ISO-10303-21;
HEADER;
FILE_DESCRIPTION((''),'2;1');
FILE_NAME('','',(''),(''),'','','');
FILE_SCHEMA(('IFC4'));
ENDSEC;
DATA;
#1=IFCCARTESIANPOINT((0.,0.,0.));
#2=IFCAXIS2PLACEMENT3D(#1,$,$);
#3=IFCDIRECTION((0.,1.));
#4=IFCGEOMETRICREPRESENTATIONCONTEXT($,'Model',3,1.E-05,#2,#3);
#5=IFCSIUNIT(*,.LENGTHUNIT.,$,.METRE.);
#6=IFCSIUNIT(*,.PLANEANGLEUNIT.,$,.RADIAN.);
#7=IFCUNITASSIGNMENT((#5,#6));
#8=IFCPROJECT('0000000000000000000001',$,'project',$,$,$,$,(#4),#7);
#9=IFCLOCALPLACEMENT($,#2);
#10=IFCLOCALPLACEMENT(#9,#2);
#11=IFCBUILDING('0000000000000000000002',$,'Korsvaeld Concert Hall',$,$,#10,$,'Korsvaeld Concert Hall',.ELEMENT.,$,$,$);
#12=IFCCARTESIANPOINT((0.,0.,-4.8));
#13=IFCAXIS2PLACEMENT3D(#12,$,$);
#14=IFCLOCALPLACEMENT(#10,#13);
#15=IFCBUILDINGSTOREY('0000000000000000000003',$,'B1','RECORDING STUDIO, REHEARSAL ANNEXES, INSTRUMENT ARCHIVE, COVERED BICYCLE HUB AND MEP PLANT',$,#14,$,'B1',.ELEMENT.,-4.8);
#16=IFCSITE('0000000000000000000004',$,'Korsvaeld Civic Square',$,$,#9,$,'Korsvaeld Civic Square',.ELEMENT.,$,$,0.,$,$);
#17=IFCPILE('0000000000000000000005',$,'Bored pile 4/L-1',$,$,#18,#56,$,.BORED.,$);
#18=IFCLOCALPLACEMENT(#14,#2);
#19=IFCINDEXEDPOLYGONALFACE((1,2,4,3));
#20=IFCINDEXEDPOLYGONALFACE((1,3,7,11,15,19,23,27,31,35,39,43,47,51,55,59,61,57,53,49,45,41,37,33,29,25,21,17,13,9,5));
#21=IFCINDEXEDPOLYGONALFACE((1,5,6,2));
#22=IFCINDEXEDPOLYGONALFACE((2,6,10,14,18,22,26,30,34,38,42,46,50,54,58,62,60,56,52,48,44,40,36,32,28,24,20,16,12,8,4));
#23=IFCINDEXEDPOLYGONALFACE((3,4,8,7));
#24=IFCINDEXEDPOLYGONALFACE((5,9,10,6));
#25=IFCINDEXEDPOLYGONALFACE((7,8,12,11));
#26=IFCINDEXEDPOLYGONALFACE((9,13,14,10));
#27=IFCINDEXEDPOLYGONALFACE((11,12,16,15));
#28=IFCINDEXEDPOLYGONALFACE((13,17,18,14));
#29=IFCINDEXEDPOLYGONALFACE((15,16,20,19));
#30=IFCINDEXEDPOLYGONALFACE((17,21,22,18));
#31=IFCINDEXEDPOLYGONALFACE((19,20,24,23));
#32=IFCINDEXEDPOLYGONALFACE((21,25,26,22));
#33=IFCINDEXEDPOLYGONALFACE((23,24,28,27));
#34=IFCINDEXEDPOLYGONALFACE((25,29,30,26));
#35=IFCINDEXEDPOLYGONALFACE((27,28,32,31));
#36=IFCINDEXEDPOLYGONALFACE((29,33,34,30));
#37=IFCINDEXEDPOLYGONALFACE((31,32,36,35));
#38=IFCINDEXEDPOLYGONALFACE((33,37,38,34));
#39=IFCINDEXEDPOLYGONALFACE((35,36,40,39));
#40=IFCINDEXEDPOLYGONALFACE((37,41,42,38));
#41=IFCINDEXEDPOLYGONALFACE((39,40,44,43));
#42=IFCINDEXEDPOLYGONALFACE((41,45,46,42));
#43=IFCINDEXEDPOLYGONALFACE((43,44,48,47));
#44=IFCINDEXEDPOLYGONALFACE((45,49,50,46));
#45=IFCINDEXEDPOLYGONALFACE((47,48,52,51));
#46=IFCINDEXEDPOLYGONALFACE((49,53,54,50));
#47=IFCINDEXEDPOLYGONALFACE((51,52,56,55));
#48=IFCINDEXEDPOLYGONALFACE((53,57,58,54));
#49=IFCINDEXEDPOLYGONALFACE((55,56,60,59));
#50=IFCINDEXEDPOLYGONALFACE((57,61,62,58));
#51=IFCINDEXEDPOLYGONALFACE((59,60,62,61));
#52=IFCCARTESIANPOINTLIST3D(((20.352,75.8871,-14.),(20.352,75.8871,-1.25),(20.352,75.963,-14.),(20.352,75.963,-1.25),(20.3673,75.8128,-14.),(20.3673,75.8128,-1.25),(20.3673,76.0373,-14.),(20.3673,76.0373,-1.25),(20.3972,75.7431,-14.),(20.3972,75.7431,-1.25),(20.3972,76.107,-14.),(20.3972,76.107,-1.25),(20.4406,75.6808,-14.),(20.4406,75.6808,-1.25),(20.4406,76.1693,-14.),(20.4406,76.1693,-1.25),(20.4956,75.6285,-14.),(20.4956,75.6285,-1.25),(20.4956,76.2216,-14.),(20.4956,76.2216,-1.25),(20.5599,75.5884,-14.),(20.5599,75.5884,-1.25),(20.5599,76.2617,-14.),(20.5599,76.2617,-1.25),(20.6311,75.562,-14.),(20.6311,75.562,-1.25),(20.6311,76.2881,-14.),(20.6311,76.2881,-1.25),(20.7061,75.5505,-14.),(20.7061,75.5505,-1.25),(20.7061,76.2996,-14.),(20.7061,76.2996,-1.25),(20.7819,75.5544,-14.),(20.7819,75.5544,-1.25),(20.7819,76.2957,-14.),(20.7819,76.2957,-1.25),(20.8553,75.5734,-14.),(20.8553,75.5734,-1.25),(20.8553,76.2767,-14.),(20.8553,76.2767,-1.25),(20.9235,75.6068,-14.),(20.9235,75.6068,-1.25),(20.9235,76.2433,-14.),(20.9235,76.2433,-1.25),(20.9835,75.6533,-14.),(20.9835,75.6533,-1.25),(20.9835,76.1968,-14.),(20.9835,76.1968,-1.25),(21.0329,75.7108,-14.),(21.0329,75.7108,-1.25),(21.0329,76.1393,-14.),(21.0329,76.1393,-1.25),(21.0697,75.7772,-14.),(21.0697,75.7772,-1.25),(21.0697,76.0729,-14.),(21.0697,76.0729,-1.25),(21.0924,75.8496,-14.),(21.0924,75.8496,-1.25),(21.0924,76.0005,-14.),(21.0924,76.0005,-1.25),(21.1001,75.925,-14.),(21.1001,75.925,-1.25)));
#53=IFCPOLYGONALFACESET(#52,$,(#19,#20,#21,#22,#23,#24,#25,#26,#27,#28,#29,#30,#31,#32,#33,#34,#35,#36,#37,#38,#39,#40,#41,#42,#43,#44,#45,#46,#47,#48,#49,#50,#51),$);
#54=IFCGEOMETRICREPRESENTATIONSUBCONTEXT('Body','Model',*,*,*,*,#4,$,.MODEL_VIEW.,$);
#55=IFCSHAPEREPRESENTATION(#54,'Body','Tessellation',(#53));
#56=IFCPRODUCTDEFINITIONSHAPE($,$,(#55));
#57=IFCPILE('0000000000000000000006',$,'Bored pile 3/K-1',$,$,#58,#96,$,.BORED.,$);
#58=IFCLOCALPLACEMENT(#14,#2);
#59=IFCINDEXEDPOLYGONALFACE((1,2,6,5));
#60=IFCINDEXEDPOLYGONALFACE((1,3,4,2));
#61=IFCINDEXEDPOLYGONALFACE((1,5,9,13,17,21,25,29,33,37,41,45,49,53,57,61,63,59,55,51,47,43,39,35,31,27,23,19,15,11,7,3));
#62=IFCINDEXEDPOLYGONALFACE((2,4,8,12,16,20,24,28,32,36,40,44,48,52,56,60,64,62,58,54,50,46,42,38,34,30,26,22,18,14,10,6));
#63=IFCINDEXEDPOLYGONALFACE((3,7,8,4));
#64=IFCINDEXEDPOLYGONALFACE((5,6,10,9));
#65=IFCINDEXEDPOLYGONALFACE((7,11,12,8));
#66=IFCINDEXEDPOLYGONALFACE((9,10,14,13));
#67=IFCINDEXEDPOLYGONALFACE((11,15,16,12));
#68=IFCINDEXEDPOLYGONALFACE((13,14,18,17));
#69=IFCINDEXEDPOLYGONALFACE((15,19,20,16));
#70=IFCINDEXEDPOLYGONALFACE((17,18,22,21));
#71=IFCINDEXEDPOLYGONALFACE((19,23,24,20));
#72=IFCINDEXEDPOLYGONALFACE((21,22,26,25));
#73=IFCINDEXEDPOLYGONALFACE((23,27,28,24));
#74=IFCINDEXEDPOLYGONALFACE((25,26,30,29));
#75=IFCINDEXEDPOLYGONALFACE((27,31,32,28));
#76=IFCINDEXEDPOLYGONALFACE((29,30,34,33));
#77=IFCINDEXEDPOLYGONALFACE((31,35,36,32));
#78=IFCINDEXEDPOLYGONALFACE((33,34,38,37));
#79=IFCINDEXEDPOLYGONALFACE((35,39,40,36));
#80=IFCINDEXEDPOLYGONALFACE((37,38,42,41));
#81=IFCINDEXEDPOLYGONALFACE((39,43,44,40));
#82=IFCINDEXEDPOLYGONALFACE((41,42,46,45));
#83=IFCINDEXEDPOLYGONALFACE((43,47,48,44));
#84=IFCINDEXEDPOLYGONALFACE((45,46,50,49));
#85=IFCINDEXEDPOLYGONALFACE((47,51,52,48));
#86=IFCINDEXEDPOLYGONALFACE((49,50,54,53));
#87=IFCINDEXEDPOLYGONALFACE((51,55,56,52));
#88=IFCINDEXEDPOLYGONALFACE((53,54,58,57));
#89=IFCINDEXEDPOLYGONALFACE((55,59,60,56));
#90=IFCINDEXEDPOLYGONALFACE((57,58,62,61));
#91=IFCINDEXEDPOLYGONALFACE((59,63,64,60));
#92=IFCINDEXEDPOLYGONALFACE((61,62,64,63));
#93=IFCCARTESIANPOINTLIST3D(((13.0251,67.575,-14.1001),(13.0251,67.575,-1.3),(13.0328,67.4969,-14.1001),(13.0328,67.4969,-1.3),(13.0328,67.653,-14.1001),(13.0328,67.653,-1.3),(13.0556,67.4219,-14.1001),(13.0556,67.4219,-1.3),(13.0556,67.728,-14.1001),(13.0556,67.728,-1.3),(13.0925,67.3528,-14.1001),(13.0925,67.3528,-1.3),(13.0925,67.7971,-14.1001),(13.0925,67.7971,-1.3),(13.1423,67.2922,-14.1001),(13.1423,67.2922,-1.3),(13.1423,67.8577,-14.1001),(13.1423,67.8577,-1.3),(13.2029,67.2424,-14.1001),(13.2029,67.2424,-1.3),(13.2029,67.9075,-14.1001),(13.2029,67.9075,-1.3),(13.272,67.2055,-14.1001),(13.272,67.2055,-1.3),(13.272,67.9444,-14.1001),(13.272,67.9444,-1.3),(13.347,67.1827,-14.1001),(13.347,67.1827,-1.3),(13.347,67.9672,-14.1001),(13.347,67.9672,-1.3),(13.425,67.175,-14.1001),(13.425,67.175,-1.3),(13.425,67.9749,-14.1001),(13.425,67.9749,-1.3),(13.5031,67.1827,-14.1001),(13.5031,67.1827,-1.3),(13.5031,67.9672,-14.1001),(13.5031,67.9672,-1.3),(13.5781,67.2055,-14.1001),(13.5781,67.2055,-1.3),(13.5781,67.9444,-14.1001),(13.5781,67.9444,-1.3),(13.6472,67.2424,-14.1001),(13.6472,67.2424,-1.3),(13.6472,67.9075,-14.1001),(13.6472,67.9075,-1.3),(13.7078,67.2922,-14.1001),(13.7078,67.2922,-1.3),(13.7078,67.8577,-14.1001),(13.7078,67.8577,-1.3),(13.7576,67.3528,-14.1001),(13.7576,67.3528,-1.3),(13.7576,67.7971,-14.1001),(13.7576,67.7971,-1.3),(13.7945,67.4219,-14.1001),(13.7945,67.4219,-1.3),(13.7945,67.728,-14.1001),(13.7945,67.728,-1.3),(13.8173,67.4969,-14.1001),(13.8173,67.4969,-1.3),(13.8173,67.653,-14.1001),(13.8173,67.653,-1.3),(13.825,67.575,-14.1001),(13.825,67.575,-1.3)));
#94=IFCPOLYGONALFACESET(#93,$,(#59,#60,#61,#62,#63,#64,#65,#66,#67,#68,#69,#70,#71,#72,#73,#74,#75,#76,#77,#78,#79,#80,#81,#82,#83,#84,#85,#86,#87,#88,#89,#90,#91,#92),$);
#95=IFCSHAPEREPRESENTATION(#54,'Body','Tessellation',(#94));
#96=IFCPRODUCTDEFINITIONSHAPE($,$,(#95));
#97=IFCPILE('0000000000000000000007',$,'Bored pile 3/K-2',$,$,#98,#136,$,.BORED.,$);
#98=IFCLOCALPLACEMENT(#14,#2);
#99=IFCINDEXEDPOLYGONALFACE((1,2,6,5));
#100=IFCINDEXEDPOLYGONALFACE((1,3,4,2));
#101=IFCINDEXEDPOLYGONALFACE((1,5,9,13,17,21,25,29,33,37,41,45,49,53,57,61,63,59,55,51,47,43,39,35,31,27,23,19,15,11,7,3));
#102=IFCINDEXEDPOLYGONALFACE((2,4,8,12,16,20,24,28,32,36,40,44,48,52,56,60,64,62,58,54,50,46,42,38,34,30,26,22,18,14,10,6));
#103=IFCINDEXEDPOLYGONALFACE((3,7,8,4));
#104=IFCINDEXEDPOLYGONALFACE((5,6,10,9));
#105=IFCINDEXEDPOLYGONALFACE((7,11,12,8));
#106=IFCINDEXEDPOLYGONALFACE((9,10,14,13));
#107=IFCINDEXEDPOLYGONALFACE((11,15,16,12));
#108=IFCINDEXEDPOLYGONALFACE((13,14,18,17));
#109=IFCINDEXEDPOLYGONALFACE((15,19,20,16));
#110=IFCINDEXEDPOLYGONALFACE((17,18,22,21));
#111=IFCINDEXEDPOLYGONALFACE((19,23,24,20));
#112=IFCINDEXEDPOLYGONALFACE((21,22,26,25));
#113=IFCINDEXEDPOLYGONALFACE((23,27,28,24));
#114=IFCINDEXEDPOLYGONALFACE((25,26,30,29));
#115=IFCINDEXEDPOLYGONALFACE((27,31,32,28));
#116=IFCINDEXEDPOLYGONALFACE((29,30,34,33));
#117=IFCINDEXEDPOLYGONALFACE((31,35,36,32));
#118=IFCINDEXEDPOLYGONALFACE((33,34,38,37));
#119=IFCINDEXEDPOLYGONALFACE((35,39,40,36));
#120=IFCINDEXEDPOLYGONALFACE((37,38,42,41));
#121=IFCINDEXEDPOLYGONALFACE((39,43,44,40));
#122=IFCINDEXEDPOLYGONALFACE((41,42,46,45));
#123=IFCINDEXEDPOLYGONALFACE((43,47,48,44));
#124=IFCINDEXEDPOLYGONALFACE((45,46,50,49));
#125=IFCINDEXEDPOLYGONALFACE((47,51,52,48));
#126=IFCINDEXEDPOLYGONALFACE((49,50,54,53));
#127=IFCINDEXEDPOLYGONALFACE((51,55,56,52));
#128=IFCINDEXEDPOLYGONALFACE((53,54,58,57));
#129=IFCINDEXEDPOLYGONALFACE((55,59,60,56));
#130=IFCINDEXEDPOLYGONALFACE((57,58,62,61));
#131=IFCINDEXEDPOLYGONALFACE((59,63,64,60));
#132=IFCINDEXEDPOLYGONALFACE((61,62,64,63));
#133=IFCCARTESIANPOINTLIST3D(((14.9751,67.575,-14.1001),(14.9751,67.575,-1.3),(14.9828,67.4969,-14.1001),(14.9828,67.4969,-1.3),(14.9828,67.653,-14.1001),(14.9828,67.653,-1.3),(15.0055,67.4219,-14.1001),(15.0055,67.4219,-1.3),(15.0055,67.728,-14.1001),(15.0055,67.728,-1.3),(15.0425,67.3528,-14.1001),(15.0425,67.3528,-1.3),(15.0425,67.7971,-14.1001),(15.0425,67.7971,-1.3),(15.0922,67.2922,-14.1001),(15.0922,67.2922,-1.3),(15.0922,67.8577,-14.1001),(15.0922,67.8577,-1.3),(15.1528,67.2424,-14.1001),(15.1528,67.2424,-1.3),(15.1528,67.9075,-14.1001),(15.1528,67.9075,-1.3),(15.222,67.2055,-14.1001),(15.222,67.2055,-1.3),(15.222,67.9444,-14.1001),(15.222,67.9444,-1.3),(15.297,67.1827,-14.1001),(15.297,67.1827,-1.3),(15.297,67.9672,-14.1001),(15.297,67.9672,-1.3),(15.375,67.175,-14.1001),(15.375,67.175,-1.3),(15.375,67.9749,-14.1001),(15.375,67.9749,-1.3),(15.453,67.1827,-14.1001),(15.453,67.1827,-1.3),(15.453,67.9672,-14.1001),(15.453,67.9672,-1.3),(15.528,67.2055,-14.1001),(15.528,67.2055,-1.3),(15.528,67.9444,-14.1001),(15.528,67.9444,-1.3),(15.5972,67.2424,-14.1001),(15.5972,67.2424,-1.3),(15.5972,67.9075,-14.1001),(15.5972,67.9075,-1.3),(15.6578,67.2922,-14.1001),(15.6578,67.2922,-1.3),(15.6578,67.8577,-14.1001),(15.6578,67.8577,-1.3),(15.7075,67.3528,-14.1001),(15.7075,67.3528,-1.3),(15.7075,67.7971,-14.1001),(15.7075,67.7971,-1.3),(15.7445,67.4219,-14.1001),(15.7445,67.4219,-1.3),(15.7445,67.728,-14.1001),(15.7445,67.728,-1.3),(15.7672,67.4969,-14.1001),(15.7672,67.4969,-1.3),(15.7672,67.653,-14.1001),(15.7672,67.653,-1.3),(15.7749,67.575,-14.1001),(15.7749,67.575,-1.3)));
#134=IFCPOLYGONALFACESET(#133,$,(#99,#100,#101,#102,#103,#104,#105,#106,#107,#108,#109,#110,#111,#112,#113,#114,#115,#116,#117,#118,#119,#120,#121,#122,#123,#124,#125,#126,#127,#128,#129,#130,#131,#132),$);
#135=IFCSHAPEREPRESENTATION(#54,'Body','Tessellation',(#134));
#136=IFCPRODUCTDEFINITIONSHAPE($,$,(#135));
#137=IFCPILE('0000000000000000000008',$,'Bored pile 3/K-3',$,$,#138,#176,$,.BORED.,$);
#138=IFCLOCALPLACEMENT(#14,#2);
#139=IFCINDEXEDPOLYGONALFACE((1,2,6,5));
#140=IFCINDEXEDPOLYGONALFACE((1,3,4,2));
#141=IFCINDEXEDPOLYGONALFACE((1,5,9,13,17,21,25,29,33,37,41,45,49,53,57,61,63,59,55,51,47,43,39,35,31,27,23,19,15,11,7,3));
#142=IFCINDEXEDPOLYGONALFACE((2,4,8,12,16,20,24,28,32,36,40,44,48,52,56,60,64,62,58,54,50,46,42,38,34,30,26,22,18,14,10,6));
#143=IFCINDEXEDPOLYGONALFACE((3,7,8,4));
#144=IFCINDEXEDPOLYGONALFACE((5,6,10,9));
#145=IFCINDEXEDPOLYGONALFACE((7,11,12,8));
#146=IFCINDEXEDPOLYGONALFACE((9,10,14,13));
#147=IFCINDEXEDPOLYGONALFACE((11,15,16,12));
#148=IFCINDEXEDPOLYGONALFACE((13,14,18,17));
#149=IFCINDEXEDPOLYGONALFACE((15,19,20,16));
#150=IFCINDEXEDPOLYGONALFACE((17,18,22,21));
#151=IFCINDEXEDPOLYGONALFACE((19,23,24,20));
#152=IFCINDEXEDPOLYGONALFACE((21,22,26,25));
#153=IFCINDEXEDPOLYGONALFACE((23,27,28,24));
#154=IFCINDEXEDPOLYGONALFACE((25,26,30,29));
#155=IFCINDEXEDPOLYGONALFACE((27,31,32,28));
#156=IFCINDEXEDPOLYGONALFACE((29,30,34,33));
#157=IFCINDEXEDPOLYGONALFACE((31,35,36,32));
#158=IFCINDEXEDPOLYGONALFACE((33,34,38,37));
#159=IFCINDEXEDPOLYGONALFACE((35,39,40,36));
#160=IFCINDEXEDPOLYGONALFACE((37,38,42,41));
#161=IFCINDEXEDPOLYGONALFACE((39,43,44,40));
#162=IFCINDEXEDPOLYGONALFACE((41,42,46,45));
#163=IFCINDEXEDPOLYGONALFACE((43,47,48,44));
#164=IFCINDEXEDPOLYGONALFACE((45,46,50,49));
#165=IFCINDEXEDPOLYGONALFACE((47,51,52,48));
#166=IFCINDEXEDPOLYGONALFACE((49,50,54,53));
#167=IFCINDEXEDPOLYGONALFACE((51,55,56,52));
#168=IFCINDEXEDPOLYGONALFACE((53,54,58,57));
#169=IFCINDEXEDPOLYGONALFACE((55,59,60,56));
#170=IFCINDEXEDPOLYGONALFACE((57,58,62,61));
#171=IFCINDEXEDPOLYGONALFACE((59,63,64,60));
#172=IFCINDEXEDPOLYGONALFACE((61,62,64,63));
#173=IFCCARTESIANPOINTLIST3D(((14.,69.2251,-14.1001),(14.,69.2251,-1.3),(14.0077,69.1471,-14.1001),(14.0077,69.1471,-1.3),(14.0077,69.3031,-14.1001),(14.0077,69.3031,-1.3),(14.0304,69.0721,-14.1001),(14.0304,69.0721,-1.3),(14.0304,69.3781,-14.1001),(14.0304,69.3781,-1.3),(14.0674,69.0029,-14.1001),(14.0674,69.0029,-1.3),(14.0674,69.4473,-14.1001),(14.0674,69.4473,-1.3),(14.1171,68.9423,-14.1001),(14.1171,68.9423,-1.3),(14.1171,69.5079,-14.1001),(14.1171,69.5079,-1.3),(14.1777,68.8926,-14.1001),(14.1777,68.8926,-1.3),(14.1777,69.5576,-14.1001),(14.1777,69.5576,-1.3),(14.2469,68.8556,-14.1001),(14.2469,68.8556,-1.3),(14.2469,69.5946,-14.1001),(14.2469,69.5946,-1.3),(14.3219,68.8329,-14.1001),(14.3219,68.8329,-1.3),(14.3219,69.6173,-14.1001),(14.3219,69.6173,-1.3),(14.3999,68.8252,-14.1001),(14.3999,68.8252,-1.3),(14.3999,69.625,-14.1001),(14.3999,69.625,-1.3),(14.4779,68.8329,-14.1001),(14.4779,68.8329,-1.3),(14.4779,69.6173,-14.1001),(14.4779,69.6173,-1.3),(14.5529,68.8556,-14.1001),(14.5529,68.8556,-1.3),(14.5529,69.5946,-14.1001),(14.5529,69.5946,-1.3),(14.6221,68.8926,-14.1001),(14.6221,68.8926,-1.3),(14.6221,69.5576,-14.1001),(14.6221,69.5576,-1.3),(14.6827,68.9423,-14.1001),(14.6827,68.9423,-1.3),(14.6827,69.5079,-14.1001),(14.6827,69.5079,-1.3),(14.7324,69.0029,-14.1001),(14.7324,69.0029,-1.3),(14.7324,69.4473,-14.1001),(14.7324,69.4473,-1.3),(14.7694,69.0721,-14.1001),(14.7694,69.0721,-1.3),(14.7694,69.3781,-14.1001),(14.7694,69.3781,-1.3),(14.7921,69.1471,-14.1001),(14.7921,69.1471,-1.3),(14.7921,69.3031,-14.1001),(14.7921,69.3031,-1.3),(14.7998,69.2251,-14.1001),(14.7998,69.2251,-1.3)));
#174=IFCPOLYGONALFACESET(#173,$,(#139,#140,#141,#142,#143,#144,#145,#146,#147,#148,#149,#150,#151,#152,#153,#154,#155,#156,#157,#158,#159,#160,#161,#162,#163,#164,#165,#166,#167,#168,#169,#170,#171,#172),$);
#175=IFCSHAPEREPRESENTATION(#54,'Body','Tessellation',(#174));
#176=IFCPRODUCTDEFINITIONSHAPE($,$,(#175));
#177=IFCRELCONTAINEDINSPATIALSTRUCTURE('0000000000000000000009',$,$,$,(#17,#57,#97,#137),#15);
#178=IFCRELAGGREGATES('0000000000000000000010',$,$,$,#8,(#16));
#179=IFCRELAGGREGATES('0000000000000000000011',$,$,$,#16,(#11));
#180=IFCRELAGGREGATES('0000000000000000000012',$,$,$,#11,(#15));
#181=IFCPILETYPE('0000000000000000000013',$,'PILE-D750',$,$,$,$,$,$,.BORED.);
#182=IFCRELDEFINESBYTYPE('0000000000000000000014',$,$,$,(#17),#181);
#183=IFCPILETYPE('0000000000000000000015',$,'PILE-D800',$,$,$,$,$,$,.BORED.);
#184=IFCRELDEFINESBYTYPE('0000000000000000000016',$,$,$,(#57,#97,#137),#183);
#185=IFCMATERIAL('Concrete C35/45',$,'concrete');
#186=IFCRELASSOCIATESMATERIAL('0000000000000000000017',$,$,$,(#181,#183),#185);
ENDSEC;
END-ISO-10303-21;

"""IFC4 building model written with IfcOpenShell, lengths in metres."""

from ifc_helpers import new_model, si_unit, direction, frame, origin, origin_2d, place, context, subcontext, project, spatial, circle, extrude, material, material_profile, profile_set, type_object, element, save


model = new_model("IFC4")

# Units and contexts
model_context = context("Model", 3, precision=1e-05, world=origin(), true_north=direction((0.0, 1.0)))
body_context = subcontext(model_context, "Body", "Model", "MODEL_VIEW")
ifc_project = project(units=[si_unit("LENGTHUNIT", "METRE"), si_unit("PLANEANGLEUNIT", "RADIAN")], contexts=[model_context])

# Site, building, storey
site_placement = place(None, origin())
site = spatial("IfcSite", under=ifc_project, at=site_placement, Name="Korsvaeld Civic Square", LongName="Korsvaeld Civic Square", CompositionType="ELEMENT", RefElevation=0.0)
building_placement = place(site_placement, origin())
building = spatial("IfcBuilding", under=site, at=building_placement, Name="Korsvaeld Concert Hall", LongName="Korsvaeld Concert Hall", CompositionType="ELEMENT")
storey_placement = place(building_placement, frame((0.0, 0.0, -4.8)))
storey = spatial("IfcBuildingStorey", under=building, at=storey_placement, Name="B1", Description="RECORDING STUDIO, REHEARSAL ANNEXES, INSTRUMENT ARCHIVE, COVERED BICYCLE HUB AND MEP PLANT", LongName="B1", CompositionType="ELEMENT", Elevation=-4.8)

# Shared definitions
ifc_material_1 = material(Name="Concrete C35/45", Category="concrete")

# Piles
ifc_material_profile_1 = material_profile(ifc_material_1, circle(Radius=0.375, at=origin_2d()), Name="BORED PILE D750")
ifc_profile_set_1 = profile_set([ifc_material_profile_1], Name="Concrete C35/45")
pile_type_1 = type_object("IfcPileType", Name="PILE-D750", PredefinedType="BORED", material=ifc_profile_set_1)
for number, where, z_axis, x_axis, name in (
    (1, (20.7251, 75.925, -1.25), (0.0, 0.0, -1.0), (1.0, 0.0, 0.0), "Bored pile 4/L-1"),
):
    element("IfcPile", number, at=place(storey_placement, frame(where, z_axis=z_axis, x_axis=x_axis)), inside=storey, type_object=pile_type_1, Name=name, PredefinedType="BORED", context=body_context, shape_type="SweptSolid", body=[
        extrude(circle(Radius=0.375, at=origin_2d()), origin(), (0.0, 0.0, 1.0), 12.75),
    ])
ifc_material_profile_2 = material_profile(ifc_material_1, circle(Radius=0.3999, at=origin_2d()), Name="BORED PILE D800")
ifc_profile_set_2 = profile_set([ifc_material_profile_2], Name="Concrete C35/45")
pile_type_2 = type_object("IfcPileType", Name="PILE-D800", PredefinedType="BORED", material=ifc_profile_set_2)
for number, where, z_axis, x_axis, name in (
    (2, (13.425, 67.575, -1.3), (0.0, 0.0, -1.0), (1.0, 0.0, 0.0), "Bored pile 3/K-1"),
    (3, (15.375, 67.575, -1.3), (0.0, 0.0, -1.0), (1.0, 0.0, 0.0), "Bored pile 3/K-2"),
    (4, (14.3999, 69.2251, -1.3), (0.0, 0.0, -1.0), (1.0, 0.0, 0.0), "Bored pile 3/K-3"),
):
    element("IfcPile", number, at=place(storey_placement, frame(where, z_axis=z_axis, x_axis=x_axis)), inside=storey, type_object=pile_type_2, Name=name, PredefinedType="BORED", context=body_context, shape_type="SweptSolid", body=[
        extrude(circle(Radius=0.3999, at=origin_2d()), origin(), (0.0, 0.0, 1.0), 12.8),
    ])

save(model, "model.ifc")
